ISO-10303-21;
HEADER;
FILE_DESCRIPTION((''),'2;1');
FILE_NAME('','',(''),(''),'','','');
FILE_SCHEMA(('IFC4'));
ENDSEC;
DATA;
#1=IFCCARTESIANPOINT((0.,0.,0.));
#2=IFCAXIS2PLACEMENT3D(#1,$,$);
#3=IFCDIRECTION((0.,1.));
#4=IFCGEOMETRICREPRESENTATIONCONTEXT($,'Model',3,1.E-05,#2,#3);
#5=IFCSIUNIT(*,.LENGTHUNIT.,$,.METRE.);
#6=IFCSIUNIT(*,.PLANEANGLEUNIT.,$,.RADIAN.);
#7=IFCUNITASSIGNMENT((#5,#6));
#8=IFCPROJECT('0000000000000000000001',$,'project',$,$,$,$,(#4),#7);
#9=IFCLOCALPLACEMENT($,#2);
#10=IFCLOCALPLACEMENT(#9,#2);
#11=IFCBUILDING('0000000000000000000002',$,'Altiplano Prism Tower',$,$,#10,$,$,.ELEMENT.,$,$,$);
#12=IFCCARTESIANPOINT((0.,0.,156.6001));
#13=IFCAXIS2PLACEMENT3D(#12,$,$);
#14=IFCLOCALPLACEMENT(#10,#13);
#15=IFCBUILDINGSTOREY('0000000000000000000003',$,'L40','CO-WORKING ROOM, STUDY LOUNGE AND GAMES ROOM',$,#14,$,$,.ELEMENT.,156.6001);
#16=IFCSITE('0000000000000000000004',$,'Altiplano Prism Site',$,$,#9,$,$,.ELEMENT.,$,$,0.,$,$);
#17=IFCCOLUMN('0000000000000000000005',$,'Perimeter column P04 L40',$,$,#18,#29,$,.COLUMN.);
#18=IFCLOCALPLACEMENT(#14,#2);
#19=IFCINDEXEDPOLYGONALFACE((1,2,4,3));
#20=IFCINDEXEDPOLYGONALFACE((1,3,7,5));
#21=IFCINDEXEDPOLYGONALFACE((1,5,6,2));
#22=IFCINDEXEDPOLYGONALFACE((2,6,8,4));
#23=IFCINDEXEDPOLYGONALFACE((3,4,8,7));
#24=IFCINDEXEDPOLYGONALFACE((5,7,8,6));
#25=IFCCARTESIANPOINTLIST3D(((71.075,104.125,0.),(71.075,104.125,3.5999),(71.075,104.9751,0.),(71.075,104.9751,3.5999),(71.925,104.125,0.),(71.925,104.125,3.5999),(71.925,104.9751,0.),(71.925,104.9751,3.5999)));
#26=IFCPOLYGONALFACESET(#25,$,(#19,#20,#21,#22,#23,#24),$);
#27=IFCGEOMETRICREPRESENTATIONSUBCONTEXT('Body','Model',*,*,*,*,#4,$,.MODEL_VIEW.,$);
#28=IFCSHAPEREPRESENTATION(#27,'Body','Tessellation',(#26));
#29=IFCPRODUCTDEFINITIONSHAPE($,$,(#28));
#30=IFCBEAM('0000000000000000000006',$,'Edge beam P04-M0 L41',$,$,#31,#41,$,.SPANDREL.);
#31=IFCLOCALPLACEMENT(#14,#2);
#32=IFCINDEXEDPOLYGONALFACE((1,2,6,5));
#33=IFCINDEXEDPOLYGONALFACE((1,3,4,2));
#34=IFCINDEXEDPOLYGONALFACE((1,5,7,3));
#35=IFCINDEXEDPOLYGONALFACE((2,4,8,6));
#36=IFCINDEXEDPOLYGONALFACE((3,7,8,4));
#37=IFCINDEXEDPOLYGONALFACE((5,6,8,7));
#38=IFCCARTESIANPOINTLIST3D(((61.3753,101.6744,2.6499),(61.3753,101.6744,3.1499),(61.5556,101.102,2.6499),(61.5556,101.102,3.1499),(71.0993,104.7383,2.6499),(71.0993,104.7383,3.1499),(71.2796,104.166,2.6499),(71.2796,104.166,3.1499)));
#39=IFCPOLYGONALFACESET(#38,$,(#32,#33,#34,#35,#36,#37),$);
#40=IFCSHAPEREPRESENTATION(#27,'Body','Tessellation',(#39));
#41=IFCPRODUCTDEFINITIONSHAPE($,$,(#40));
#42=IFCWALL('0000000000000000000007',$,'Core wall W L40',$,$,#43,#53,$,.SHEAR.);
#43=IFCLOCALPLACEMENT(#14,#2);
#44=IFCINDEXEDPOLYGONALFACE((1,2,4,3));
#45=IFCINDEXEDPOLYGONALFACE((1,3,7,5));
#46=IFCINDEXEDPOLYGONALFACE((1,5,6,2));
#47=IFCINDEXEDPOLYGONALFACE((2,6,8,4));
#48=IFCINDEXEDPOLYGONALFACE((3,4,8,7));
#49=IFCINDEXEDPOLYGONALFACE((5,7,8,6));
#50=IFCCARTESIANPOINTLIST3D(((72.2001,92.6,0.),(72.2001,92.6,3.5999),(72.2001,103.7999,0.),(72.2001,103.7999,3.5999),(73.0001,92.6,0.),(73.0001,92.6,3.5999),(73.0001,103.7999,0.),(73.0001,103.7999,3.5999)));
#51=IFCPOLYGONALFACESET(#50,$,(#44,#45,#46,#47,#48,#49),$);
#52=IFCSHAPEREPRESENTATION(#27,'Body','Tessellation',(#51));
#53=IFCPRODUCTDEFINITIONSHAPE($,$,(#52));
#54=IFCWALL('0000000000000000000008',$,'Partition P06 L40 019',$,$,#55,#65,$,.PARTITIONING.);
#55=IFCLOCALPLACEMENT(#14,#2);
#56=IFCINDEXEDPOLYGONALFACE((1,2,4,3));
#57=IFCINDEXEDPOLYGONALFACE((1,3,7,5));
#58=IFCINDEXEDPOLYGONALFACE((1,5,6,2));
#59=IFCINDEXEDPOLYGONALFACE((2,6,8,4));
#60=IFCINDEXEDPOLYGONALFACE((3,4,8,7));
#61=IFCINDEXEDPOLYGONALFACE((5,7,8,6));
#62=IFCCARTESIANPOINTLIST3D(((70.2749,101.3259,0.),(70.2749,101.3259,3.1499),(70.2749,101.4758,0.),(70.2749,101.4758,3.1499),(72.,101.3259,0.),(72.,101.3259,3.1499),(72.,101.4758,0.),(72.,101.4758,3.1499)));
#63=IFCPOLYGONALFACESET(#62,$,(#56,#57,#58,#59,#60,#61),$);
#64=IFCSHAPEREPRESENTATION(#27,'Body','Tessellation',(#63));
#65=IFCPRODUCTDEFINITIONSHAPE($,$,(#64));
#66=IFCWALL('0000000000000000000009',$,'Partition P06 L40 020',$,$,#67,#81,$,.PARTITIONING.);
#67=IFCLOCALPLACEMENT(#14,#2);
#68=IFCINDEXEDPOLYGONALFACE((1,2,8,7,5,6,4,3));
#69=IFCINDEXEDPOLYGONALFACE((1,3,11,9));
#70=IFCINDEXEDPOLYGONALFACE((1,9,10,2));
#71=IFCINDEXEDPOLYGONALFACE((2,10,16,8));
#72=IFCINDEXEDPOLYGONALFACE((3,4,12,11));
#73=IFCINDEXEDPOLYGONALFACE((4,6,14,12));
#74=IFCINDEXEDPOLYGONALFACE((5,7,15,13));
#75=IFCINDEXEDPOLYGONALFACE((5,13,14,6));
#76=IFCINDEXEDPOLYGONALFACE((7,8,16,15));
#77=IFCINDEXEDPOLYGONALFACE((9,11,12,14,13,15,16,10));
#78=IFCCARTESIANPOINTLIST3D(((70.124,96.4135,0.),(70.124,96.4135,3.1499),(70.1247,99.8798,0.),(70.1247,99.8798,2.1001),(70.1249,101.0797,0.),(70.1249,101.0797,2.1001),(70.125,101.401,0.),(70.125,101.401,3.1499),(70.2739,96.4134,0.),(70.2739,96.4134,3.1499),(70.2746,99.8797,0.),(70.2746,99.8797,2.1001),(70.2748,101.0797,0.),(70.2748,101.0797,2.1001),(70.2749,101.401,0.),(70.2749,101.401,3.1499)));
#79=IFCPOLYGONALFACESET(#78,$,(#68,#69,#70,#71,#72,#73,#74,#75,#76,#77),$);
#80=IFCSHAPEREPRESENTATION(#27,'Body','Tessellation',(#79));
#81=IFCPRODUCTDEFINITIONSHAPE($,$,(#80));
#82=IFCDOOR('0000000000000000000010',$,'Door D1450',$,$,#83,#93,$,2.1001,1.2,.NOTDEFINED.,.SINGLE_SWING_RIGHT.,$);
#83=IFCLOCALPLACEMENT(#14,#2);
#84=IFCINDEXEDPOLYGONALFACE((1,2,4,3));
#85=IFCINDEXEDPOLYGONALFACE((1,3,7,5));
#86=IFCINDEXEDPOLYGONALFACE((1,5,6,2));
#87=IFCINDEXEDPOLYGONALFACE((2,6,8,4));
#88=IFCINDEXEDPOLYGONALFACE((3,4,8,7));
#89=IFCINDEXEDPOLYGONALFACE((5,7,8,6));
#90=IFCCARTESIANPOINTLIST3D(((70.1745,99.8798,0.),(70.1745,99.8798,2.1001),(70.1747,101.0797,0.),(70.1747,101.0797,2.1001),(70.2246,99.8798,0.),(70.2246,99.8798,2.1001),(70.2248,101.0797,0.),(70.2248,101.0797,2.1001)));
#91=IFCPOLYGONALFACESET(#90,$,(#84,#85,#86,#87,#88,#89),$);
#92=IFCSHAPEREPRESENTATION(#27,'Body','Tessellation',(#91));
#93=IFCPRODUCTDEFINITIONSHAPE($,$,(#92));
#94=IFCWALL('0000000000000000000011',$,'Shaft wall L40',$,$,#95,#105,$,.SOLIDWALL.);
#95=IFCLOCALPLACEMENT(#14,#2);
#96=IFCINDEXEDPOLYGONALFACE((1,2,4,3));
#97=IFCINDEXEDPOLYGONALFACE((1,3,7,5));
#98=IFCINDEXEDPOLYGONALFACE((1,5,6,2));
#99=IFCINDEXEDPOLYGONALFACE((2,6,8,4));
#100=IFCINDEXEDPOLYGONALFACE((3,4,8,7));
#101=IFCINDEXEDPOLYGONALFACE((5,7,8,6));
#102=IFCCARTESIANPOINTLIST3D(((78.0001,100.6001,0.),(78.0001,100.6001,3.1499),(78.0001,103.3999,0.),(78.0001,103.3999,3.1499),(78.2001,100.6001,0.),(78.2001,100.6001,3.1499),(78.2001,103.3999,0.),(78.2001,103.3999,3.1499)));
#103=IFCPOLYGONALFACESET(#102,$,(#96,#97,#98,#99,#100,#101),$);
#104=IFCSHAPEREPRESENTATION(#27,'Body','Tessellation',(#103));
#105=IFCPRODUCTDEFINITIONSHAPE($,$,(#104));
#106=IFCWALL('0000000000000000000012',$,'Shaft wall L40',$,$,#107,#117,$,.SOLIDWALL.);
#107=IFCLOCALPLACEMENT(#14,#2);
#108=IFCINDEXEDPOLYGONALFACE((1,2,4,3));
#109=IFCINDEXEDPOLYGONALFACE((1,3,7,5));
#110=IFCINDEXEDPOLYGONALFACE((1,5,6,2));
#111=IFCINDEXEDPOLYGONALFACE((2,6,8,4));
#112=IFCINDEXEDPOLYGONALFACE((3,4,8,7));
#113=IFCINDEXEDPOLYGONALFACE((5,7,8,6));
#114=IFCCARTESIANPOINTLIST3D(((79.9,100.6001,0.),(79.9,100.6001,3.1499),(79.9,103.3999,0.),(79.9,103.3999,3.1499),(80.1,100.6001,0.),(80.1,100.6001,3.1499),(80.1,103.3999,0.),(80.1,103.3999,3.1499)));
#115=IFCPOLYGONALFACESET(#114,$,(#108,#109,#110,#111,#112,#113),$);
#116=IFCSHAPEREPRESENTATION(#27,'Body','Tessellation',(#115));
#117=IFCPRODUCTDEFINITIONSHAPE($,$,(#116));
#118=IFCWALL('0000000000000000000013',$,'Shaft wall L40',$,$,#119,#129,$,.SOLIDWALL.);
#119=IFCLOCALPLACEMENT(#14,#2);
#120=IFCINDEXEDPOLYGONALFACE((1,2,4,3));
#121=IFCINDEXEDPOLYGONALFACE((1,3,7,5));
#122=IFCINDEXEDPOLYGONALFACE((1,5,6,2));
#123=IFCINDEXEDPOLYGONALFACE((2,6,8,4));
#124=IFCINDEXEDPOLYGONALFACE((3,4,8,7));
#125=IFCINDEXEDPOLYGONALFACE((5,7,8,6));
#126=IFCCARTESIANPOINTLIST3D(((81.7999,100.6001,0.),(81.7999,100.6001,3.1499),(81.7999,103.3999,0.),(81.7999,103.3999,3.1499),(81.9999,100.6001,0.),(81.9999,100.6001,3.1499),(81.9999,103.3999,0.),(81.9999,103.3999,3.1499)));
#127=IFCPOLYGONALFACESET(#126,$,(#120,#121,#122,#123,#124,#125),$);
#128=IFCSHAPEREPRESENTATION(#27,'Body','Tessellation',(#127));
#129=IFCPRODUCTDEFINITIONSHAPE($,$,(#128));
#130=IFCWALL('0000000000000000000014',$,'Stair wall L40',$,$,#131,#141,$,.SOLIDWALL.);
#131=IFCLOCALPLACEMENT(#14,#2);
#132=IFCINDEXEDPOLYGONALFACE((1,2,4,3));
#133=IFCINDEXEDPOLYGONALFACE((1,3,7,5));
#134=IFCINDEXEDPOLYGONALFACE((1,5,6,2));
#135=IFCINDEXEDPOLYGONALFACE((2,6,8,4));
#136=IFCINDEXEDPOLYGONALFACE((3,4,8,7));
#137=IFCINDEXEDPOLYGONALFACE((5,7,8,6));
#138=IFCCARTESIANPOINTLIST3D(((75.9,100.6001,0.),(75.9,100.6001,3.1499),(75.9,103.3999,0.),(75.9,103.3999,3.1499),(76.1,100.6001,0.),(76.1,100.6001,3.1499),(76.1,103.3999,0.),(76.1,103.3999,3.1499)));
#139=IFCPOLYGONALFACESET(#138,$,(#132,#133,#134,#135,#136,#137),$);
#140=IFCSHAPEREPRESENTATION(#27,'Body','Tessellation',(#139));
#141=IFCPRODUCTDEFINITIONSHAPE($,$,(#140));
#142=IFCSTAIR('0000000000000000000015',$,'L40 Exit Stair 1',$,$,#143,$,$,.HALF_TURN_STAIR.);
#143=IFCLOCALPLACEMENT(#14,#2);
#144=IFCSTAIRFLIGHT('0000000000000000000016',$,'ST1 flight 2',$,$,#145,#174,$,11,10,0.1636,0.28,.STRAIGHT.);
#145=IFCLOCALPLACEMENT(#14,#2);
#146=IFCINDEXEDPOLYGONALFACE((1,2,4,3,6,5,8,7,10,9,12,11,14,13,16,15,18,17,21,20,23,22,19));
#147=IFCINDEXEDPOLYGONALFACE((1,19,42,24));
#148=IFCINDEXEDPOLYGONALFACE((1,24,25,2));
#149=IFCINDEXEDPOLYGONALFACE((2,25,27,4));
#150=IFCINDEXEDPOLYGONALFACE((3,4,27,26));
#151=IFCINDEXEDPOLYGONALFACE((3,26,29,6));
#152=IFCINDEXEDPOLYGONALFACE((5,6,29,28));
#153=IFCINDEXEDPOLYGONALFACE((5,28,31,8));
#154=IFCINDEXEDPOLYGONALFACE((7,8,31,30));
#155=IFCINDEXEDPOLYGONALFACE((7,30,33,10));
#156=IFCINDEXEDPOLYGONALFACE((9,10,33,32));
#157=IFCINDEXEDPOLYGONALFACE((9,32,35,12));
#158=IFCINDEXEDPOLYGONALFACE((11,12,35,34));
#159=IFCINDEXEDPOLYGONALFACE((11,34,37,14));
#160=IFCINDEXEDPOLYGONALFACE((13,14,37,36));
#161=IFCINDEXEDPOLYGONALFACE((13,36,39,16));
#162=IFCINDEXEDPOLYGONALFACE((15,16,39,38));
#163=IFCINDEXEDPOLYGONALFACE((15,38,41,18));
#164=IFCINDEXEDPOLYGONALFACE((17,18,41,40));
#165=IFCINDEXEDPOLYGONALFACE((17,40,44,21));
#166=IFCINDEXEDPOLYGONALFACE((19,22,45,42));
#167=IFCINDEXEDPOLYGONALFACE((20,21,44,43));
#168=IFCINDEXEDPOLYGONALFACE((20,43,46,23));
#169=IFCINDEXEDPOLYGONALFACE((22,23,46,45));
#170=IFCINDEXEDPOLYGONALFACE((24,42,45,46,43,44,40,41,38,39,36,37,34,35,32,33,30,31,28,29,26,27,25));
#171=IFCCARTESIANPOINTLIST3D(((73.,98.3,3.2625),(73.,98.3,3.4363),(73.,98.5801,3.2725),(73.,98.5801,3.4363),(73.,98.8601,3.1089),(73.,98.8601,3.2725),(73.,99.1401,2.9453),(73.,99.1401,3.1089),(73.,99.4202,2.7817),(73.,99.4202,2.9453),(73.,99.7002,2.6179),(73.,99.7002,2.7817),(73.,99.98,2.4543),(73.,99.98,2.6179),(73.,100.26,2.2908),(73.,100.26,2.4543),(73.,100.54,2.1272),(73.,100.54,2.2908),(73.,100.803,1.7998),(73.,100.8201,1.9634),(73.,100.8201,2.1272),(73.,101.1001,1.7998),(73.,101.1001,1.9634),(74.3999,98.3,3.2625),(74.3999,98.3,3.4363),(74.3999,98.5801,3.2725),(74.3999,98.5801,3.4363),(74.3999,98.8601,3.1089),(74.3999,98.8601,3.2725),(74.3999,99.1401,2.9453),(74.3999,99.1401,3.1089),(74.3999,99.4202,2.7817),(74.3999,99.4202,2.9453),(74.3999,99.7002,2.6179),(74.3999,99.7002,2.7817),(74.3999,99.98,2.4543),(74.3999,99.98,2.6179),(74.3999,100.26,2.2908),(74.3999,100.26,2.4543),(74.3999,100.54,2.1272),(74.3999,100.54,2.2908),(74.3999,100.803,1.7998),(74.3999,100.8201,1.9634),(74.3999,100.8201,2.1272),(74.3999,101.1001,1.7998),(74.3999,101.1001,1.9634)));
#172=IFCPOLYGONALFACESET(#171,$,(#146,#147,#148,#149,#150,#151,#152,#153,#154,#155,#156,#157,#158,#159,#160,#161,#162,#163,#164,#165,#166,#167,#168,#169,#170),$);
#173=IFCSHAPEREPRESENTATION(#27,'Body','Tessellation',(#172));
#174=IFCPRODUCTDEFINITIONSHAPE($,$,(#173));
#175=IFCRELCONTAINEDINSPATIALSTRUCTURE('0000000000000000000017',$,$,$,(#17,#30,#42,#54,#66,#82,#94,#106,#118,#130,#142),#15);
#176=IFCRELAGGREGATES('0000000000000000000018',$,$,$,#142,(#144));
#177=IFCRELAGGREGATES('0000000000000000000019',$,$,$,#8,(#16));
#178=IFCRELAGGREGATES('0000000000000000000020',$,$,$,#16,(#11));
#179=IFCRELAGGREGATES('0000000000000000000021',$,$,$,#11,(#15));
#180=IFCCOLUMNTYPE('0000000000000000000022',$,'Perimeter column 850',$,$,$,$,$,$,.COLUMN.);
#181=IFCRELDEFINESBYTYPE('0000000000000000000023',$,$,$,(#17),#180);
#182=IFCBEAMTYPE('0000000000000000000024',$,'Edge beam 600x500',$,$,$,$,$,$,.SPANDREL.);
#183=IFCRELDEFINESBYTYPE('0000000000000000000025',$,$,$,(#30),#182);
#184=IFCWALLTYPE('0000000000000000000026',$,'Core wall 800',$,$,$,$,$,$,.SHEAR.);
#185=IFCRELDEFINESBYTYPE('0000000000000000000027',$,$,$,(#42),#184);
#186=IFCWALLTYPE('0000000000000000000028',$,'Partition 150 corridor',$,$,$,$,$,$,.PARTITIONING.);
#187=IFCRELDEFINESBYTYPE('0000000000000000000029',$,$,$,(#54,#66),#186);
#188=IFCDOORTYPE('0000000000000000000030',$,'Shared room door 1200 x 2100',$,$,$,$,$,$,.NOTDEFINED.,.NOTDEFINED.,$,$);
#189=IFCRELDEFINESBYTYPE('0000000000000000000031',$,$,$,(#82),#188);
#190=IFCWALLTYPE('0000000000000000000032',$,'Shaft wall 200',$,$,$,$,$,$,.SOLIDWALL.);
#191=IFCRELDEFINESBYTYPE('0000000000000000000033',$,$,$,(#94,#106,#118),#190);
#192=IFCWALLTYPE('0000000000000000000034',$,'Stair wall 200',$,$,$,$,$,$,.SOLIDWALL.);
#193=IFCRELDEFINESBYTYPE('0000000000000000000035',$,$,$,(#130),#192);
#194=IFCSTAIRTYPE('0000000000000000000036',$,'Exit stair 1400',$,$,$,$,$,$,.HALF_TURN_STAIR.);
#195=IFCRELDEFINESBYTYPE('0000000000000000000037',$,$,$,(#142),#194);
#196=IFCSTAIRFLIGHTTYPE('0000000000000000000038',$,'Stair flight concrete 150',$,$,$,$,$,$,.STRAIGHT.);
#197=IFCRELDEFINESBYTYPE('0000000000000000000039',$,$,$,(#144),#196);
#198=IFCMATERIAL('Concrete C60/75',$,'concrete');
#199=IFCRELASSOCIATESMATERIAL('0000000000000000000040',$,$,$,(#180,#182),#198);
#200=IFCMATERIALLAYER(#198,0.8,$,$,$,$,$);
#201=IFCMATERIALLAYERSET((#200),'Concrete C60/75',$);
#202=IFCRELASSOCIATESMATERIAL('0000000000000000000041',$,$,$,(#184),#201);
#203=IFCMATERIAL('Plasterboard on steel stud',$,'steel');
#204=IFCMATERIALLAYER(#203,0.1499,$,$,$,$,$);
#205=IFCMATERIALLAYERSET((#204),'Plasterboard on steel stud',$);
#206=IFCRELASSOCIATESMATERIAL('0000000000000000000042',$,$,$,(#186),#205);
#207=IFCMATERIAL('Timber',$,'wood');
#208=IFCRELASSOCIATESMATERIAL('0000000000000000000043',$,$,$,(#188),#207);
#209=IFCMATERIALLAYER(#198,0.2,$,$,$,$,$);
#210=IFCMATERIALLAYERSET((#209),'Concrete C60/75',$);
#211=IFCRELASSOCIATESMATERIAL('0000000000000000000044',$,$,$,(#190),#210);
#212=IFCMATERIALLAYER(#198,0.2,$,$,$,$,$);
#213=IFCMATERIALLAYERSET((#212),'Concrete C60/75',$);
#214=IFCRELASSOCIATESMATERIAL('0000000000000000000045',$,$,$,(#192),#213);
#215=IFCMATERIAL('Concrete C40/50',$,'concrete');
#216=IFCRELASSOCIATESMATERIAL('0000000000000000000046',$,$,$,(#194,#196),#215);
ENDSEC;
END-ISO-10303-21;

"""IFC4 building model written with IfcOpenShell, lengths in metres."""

from ifc_helpers import new_model, si_unit, direction, frame, frame_2d, origin, origin_2d, place, context, subcontext, project, spatial, polyline, rectangle, outline, extrude, material, layer, layer_set, material_profile, profile_set, type_object, element, fill, aggregate, save


model = new_model("IFC4")

# Units and contexts
model_context = context("Model", 3, precision=1e-05, world=origin(), true_north=direction((0.0, 1.0)))
body_context = subcontext(model_context, "Body", "Model", "MODEL_VIEW")
ifc_project = project(units=[si_unit("LENGTHUNIT", "METRE"), si_unit("PLANEANGLEUNIT", "RADIAN")], contexts=[model_context])

# Site, building, storey
site_placement = place(None, origin())
site = spatial("IfcSite", under=ifc_project, at=site_placement, Name="Altiplano Prism Site", CompositionType="ELEMENT", RefElevation=0.0)
building_placement = place(site_placement, origin())
building = spatial("IfcBuilding", under=site, at=building_placement, Name="Altiplano Prism Tower", CompositionType="ELEMENT")
storey_placement = place(building_placement, frame((0.0, 0.0, 156.6001)))
storey = spatial("IfcBuildingStorey", under=building, at=storey_placement, Name="L40", Description="CO-WORKING ROOM, STUDY LOUNGE AND GAMES ROOM", CompositionType="ELEMENT", Elevation=156.6001)

# Column
ifc_material_1 = material(Name="Concrete C60/75", Category="concrete")
ifc_material_profile_1 = material_profile(ifc_material_1, rectangle(XDim=0.8501, YDim=0.8501, at=origin_2d()), Name="Perimeter column 850")
ifc_profile_set_1 = profile_set([ifc_material_profile_1], Name="Concrete C60/75")
column_type = type_object("IfcColumnType", Name="Perimeter column 850", PredefinedType="COLUMN", material=ifc_profile_set_1)
column_placement = place(storey_placement, frame((71.5, 104.55, 0.0), z_axis=(0.0, 0.0, 1.0), x_axis=(1.0, 0.0, 0.0)))
element("IfcColumn", 1, at=column_placement, inside=storey, type_object=column_type, Name="Perimeter column P04 L40", PredefinedType="COLUMN", context=body_context, shape_type="SweptSolid", body=[
    extrude(rectangle(XDim=0.8501, YDim=0.8501, at=origin_2d()), origin(), (0.0, 0.0, 1.0), 3.5999),
])

# Beam
ifc_material_profile_2 = material_profile(ifc_material_1, rectangle(XDim=0.6001, YDim=0.5, at=origin_2d()), Name="Edge beam 600x500")
ifc_profile_set_2 = profile_set([ifc_material_profile_2], Name="Concrete C60/75")
beam_type = type_object("IfcBeamType", Name="Edge beam 600x500", PredefinedType="SPANDREL", material=ifc_profile_set_2)
beam_placement = place(storey_placement, frame((71.1895, 104.4521, 2.8999), z_axis=(-0.953774, -0.300524, 0.0), x_axis=(0.300524, -0.953774, 0.0)))
element("IfcBeam", 2, at=beam_placement, inside=storey, type_object=beam_type, Name="Edge beam P04-M0 L41", PredefinedType="SPANDREL", context=body_context, shape_type="SweptSolid", body=[
    extrude(rectangle(XDim=0.6001, YDim=0.5, at=origin_2d()), origin(), (0.0, 0.0, 1.0), 10.1953),
])

# Walls
ifc_layer_1 = layer(ifc_material_1, 0.8)
ifc_layer_set_1 = layer_set([ifc_layer_1], Name="Concrete C60/75")
wall_type_1 = type_object("IfcWallType", Name="Core wall 800", PredefinedType="SHEAR", material=ifc_layer_set_1)
wall_1_placement = place(storey_placement, frame((72.6001, 103.8, 0.0), z_axis=(0.0, 0.0, 1.0), x_axis=(0.0, -1.0, 0.0)))
element("IfcWall", 3, at=wall_1_placement, inside=storey, type_object=wall_type_1, Name="Core wall W L40", PredefinedType="SHEAR", context=body_context, shape_type="SweptSolid", body=[
    extrude(rectangle(XDim=11.2, YDim=0.8, at=frame_2d((5.6001, 0.0))), origin(), (0.0, 0.0, 1.0), 3.5999),
])
ifc_material_2 = material(Name="Plasterboard on steel stud", Category="steel")
ifc_layer_2 = layer(ifc_material_2, 0.1499)
ifc_layer_set_2 = layer_set([ifc_layer_2], Name="Plasterboard on steel stud")
wall_type_2 = type_object("IfcWallType", Name="Partition 150 corridor", PredefinedType="PARTITIONING", material=ifc_layer_set_2)
wall_2_placement = place(storey_placement, frame((72.0, 101.4009, 0.0), z_axis=(0.0, 0.0, 1.0), x_axis=(-1.0, 0.0, 0.0)))
element("IfcWall", 4, at=wall_2_placement, inside=storey, type_object=wall_type_2, Name="Partition P06 L40 019", PredefinedType="PARTITIONING", context=body_context, shape_type="SweptSolid", body=[
    extrude(rectangle(XDim=1.7251, YDim=0.1499, at=frame_2d((0.8625, 0.0))), origin(), (0.0, 0.0, 1.0), 3.1499),
])

# Wall, opening, door
wall_3_placement = place(storey_placement, frame((70.2, 101.4009, 0.0), z_axis=(0.0, 0.0, 1.0), x_axis=(-0.000196, -1.0, 0.0)))
wall_3 = element("IfcWall", 5, at=wall_3_placement, inside=storey, type_object=wall_type_2, Name="Partition P06 L40 020", PredefinedType="PARTITIONING", context=body_context, shape_type="SweptSolid", body=[
    extrude(rectangle(XDim=4.9875, YDim=0.1499, at=frame_2d((2.4937, 0.0))), origin(), (0.0, 0.0, 1.0), 3.1499),
])
opening_placement = place(wall_3_placement, frame((0.321, 0.0, 0.0)))
opening = element("IfcOpeningElement", 6, at=opening_placement, cuts=wall_3, PredefinedType="OPENING", context=body_context, shape_type="SweptSolid", body=[
    extrude(rectangle(XDim=1.2, YDim=2.1001, at=frame_2d((0.6001, 1.05))), frame((0.0, 0.0854, 0.0), z_axis=(0.0, -1.0, 0.0), x_axis=(1.0, 0.0, 0.0)), (0.0, 0.0, 1.0), 0.1709),
])
ifc_material_3 = material(Name="Timber", Category="wood")
door_type = type_object("IfcDoorType", Name="Shared room door 1200 x 2100", OperationType="NOTDEFINED", PredefinedType="NOTDEFINED", material=ifc_material_3)
door_placement = place(opening_placement, origin())
door = element("IfcDoor", 7, at=door_placement, inside=storey, type_object=door_type, Name="Door D1450", OperationType="SINGLE_SWING_RIGHT", OverallHeight=2.1001, OverallWidth=1.2, PredefinedType="NOTDEFINED", context=body_context, shape_type="SweptSolid", body=[
    extrude(rectangle(XDim=1.2, YDim=2.1001, at=frame_2d((0.6001, 1.05))), frame((0.0, 0.0249, 0.0), z_axis=(0.0, -1.0, 0.0), x_axis=(1.0, 0.0, 0.0)), (0.0, 0.0, 1.0), 0.05),
])
fill(opening, door)

# Walls
ifc_layer_3 = layer(ifc_material_1, 0.2)
ifc_layer_set_3 = layer_set([ifc_layer_3], Name="Concrete C60/75")
wall_type_3 = type_object("IfcWallType", Name="Shaft wall 200", PredefinedType="SOLIDWALL", material=ifc_layer_set_3)
for number, where, z_axis, x_axis, name in (
    (8, (78.1001, 100.6001, 0.0), (0.0, 0.0, 1.0), (0.0, 1.0, 0.0), "Shaft wall L40"),
    (9, (80.0, 100.6001, 0.0), (0.0, 0.0, 1.0), (0.0, 1.0, 0.0), "Shaft wall L40"),
    (10, (81.8999, 100.6001, 0.0), (0.0, 0.0, 1.0), (0.0, 1.0, 0.0), "Shaft wall L40"),
):
    element("IfcWall", number, at=place(storey_placement, frame(where, z_axis=z_axis, x_axis=x_axis)), inside=storey, type_object=wall_type_3, Name=name, PredefinedType="SOLIDWALL", context=body_context, shape_type="SweptSolid", body=[
        extrude(rectangle(XDim=2.7998, YDim=0.2, at=frame_2d((1.3999, 0.0))), origin(), (0.0, 0.0, 1.0), 3.1499),
    ])
ifc_layer_4 = layer(ifc_material_1, 0.2)
ifc_layer_set_4 = layer_set([ifc_layer_4], Name="Concrete C60/75")
wall_type_4 = type_object("IfcWallType", Name="Stair wall 200", PredefinedType="SOLIDWALL", material=ifc_layer_set_4)
wall_4_placement = place(storey_placement, frame((76.0, 100.6001, 0.0), z_axis=(0.0, 0.0, 1.0), x_axis=(0.0, 1.0, 0.0)))
element("IfcWall", 11, at=wall_4_placement, inside=storey, type_object=wall_type_4, Name="Stair wall L40", PredefinedType="SOLIDWALL", context=body_context, shape_type="SweptSolid", body=[
    extrude(rectangle(XDim=2.7998, YDim=0.2, at=frame_2d((1.3999, 0.0))), origin(), (0.0, 0.0, 1.0), 3.1499),
])

# Stair, stair flight
ifc_material_4 = material(Name="Concrete C40/50", Category="concrete")
stair_type = type_object("IfcStairType", Name="Exit stair 1400", PredefinedType="HALF_TURN_STAIR", material=ifc_material_4)
stair_placement = place(storey_placement, origin())
stair = element("IfcStair", 12, at=stair_placement, inside=storey, type_object=stair_type, Name="L40 Exit Stair 1", PredefinedType="HALF_TURN_STAIR")
stair_flight_type = type_object("IfcStairFlightType", Name="Stair flight concrete 150", PredefinedType="STRAIGHT", material=ifc_material_4)
stair_flight_placement = place(storey_placement, frame((73.7, 101.1001, 1.7998), z_axis=(0.0, 0.0, 1.0), x_axis=(0.0, -1.0, 0.0)))
stair_flight = element("IfcStairFlight", 13, at=stair_flight_placement, type_object=stair_flight_type, Name="ST1 flight 2", NumberOfRisers=11, NumberOfTreads=10, PredefinedType="STRAIGHT", RiserHeight=0.1636, TreadLength=0.28, context=body_context, shape_type="SweptSolid", body=[
    extrude(outline(polyline([(0.0, 0.0), (0.0, 0.1636), (0.28, 0.1636), (0.28, 0.3274), (0.5601, 0.3274), (0.5601, 0.491), (0.8401, 0.491), (0.8401, 0.6545), (1.1201, 0.6545), (1.1201, 0.8181), (1.3999, 0.8181), (1.3999, 0.9819), (1.6799, 0.9819), (1.6799, 1.1455), (1.96, 1.1455), (1.96, 1.3091), (2.24, 1.3091), (2.24, 1.4727), (2.52, 1.4727), (2.52, 1.6365), (2.8, 1.6365), (2.8, 1.8), (2.8, 1.4626), (0.2971, 0.0), (0.0, 0.0)])), frame((0.0, 0.7, 0.0), z_axis=(0.0, -1.0, 0.0), x_axis=(1.0, 0.0, 0.0)), (0.0, 0.0, 1.0), 1.3999),
])
aggregate(stair, [stair_flight])

save(model, "model.ifc")
